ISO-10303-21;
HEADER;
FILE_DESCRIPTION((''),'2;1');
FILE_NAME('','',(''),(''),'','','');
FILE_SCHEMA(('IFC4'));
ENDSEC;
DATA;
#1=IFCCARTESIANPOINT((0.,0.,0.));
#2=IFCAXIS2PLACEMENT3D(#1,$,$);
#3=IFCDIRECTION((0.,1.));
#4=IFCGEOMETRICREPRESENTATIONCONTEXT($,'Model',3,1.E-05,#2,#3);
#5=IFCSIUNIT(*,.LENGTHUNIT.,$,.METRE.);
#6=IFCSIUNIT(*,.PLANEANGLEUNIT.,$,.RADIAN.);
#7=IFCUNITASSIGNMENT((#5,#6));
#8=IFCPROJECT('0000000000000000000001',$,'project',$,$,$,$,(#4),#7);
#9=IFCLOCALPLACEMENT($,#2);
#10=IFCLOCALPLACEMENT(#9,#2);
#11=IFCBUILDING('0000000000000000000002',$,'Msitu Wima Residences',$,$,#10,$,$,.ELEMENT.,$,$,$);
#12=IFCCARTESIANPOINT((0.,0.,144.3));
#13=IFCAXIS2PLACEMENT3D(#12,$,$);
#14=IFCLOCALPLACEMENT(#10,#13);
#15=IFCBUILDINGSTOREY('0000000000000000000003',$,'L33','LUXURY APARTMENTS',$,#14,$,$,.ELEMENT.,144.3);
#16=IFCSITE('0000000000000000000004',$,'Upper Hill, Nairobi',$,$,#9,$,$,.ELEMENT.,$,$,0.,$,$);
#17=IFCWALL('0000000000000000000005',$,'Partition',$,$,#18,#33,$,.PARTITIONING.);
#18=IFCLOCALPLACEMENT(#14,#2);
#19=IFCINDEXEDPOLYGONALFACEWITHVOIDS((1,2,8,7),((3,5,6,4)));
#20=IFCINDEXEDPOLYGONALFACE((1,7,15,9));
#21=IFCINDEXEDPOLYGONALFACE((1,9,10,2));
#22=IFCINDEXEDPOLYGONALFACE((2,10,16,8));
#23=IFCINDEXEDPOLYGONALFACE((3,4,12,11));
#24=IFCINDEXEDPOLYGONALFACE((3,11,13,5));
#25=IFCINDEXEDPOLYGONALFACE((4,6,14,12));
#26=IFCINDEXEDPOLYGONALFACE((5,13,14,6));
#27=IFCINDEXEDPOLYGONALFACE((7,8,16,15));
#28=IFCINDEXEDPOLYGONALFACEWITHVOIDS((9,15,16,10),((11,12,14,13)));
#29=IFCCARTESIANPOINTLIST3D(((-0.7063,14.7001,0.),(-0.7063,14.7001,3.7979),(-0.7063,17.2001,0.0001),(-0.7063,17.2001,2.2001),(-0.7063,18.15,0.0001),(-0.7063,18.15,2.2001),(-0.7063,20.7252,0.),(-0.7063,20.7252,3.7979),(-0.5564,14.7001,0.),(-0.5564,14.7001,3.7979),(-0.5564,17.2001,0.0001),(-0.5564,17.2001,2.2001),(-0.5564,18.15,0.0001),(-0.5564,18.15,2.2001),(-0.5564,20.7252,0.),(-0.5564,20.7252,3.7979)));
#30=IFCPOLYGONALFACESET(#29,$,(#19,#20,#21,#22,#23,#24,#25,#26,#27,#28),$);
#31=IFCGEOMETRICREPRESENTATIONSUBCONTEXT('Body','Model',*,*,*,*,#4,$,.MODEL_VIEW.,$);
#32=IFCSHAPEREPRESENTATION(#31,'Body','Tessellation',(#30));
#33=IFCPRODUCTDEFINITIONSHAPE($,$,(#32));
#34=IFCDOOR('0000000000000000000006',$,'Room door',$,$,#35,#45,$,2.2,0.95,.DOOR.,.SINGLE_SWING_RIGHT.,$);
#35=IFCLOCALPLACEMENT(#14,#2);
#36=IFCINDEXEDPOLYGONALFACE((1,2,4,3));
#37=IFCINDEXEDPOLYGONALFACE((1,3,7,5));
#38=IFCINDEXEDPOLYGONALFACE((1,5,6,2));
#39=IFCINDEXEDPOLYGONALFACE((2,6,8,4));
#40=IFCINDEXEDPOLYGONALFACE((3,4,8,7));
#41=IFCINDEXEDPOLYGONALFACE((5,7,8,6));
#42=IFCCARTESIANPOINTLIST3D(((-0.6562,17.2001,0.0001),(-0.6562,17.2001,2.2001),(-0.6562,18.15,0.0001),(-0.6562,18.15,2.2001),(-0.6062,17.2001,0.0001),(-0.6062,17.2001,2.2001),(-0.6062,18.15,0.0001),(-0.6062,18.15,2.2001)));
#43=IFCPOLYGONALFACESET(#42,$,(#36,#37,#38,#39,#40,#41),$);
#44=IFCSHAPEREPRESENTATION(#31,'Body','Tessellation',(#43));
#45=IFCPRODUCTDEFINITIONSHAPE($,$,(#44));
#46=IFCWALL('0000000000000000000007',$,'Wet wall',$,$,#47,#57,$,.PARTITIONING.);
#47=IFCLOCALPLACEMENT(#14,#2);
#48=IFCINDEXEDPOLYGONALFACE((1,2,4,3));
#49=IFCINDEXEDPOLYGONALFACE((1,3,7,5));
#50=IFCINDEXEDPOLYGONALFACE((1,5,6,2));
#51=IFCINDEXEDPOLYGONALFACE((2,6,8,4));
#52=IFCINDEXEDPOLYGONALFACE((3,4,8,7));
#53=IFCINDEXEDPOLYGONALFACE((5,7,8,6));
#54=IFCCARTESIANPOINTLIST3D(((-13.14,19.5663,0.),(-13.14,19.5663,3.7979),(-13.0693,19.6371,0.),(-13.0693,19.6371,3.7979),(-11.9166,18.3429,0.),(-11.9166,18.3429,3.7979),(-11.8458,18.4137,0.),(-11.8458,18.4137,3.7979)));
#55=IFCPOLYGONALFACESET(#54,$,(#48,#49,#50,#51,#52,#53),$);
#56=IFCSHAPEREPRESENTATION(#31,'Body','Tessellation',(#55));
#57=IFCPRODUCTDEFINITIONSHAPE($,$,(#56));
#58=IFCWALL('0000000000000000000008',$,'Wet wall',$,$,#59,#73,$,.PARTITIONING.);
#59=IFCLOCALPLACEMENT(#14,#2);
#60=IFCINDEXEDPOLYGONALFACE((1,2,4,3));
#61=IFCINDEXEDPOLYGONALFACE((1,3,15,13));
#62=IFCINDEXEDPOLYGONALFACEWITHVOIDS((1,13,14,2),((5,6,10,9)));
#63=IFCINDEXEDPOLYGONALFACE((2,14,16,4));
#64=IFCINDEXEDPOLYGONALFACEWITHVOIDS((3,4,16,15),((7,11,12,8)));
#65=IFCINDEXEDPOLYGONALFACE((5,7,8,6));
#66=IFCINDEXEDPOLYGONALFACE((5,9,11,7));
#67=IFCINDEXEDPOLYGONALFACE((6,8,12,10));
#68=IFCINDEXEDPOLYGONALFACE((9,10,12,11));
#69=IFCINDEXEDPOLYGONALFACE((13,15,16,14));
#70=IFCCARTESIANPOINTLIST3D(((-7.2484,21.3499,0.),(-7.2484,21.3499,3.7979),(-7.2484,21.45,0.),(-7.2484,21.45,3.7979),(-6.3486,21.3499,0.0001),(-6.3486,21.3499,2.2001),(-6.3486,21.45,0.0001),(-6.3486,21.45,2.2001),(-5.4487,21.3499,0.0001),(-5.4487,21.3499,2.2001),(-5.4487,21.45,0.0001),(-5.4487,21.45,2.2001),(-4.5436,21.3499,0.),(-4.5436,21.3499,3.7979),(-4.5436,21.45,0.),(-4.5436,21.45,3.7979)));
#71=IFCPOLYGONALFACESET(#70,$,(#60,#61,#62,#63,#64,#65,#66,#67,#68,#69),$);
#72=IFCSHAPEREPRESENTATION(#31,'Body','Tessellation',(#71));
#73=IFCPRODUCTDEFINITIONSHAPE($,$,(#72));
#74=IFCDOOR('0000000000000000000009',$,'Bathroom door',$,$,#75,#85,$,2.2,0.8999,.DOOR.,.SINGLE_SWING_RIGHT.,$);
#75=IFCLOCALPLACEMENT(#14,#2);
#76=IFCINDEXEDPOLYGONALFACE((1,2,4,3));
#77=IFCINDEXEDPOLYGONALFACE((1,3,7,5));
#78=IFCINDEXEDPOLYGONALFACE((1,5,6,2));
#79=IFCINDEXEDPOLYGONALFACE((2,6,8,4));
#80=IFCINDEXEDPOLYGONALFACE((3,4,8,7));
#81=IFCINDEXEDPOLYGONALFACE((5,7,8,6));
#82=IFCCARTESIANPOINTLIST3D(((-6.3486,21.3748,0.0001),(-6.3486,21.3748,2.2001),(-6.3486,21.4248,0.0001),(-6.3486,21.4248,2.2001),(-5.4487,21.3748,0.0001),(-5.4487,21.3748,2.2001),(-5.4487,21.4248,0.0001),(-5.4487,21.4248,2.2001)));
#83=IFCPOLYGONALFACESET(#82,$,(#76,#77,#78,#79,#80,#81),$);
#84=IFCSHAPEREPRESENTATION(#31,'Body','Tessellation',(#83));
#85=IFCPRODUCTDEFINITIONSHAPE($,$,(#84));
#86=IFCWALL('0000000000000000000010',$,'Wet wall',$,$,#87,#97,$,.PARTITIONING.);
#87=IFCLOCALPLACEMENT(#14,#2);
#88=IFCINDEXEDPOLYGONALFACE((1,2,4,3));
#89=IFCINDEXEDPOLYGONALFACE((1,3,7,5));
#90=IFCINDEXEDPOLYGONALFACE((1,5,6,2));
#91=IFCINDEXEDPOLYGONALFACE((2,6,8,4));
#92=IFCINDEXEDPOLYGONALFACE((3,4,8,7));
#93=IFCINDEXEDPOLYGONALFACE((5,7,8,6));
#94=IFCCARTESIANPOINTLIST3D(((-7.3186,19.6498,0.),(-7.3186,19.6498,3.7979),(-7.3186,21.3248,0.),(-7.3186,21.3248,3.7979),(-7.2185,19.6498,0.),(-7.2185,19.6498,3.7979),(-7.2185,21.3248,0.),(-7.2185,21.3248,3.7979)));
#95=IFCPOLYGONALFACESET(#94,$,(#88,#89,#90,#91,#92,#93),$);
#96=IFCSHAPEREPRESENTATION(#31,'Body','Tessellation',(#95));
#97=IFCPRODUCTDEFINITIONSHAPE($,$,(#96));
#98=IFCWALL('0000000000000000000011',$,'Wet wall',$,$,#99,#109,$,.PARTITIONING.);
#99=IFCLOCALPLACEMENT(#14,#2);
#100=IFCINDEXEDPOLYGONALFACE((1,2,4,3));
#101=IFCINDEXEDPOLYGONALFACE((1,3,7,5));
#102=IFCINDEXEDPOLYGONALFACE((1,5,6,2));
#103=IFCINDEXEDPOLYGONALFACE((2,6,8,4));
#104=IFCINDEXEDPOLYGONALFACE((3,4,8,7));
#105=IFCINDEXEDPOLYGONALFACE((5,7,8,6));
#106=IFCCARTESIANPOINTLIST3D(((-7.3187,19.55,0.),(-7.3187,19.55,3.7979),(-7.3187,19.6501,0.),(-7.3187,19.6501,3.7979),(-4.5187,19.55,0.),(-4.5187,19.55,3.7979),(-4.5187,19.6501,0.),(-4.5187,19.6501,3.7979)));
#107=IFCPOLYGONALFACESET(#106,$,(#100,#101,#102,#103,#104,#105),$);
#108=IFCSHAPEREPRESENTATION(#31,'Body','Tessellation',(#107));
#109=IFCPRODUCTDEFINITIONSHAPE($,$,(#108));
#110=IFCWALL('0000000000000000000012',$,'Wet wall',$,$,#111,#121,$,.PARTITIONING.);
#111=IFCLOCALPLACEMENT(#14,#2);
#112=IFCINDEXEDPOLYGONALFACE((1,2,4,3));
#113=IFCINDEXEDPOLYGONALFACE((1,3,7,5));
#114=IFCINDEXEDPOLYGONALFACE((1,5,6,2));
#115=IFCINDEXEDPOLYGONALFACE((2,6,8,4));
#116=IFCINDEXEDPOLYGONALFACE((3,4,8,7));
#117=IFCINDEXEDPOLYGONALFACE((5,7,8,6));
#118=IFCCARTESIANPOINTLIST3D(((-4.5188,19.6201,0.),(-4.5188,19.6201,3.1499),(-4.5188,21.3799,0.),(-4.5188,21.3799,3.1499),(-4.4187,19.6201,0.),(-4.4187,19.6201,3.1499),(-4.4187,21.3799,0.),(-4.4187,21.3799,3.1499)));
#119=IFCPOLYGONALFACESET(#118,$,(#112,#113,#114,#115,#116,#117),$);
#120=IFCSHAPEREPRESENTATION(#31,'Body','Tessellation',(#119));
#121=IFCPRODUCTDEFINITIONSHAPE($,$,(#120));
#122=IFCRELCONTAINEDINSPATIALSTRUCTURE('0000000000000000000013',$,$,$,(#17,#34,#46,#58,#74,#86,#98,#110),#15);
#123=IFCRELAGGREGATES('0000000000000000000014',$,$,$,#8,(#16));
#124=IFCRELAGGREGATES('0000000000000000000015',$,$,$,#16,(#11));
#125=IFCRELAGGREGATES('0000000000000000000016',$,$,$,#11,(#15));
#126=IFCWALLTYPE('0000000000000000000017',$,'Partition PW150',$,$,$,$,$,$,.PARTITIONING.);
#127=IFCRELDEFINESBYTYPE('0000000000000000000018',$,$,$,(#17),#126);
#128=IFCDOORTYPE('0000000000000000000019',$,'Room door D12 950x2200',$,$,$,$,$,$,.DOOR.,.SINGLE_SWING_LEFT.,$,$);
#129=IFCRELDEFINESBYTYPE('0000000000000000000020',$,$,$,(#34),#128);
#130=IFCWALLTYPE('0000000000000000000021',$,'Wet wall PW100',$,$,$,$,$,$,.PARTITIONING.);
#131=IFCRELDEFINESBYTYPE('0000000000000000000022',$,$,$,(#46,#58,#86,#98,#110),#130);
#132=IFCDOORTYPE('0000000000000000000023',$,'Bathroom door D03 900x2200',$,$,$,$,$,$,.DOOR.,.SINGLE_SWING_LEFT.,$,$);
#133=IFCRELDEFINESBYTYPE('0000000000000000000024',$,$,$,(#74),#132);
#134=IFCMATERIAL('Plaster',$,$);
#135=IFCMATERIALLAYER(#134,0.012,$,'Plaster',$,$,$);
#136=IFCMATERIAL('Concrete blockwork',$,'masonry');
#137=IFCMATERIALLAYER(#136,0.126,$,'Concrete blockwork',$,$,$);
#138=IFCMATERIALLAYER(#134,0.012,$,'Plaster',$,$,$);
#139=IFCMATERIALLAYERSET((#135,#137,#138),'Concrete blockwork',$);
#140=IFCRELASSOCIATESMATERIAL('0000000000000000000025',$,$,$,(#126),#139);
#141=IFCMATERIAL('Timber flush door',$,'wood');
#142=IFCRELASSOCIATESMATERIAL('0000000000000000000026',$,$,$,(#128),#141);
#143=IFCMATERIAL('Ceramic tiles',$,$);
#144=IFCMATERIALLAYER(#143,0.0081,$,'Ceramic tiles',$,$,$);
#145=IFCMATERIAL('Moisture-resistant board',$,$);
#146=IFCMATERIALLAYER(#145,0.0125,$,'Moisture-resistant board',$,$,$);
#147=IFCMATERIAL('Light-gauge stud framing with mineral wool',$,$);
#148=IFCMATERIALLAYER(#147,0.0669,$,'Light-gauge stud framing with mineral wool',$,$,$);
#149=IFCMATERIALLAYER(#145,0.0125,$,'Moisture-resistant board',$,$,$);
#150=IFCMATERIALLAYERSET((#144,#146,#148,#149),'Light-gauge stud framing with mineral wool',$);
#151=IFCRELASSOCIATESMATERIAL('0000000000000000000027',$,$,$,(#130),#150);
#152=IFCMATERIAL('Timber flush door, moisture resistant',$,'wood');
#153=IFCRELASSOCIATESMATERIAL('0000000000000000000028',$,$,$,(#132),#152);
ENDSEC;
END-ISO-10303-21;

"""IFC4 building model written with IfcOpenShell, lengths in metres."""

from ifc_helpers import new_model, si_unit, direction, frame, frame_2d, origin, place, context, subcontext, project, spatial, rectangle, extrude, material, layer, layer_set, type_object, element, fill, save


model = new_model("IFC4")

# Units and contexts
model_context = context("Model", 3, precision=1e-05, world=origin(), true_north=direction((0.0, 1.0)))
body_context = subcontext(model_context, "Body", "Model", "MODEL_VIEW")
ifc_project = project(units=[si_unit("LENGTHUNIT", "METRE"), si_unit("PLANEANGLEUNIT", "RADIAN")], contexts=[model_context])

# Site, building, storey
site_placement = place(None, origin())
site = spatial("IfcSite", under=ifc_project, at=site_placement, Name="Upper Hill, Nairobi", CompositionType="ELEMENT", RefElevation=0.0)
building_placement = place(site_placement, origin())
building = spatial("IfcBuilding", under=site, at=building_placement, Name="Msitu Wima Residences", CompositionType="ELEMENT")
storey_placement = place(building_placement, frame((0.0, 0.0, 144.3)))
storey = spatial("IfcBuildingStorey", under=building, at=storey_placement, Name="L33", Description="LUXURY APARTMENTS", CompositionType="ELEMENT", Elevation=144.3)

# Shared definitions
ifc_material_1 = material(Name="Plaster")
ifc_layer_1 = layer(ifc_material_1, 0.012, Name="Plaster")
ifc_material_2 = material(Name="Concrete blockwork", Category="masonry")
ifc_layer_2 = layer(ifc_material_2, 0.126, Name="Concrete blockwork")
ifc_layer_3 = layer(ifc_material_1, 0.012, Name="Plaster")
ifc_layer_set_1 = layer_set([ifc_layer_1, ifc_layer_2, ifc_layer_3], Name="Concrete blockwork")
wall_type_1 = type_object("IfcWallType", Name="Partition PW150", PredefinedType="PARTITIONING", material=ifc_layer_set_1)
ifc_material_3 = material(Name="Timber flush door", Category="wood")
door_type_1 = type_object("IfcDoorType", Name="Room door D12 950x2200", OperationType="SINGLE_SWING_LEFT", PredefinedType="DOOR", material=ifc_material_3)

# Wall, opening, door
wall_1_placement = place(storey_placement, frame((-0.6313, 14.7, 0.0), z_axis=(0.0, 0.0, 1.0), x_axis=(0.0, 1.0, 0.0)))
wall_1 = element("IfcWall", 1, at=wall_1_placement, inside=storey, type_object=wall_type_1, Name="Partition", PredefinedType="PARTITIONING", context=body_context, shape_type="SweptSolid", body=[
    extrude(rectangle(XDim=6.0251, YDim=0.1499, at=frame_2d((3.0127, 0.0))), origin(), (0.0, 0.0, 1.0), 3.7979),
])
opening_1_placement = place(wall_1_placement, frame((2.5, 0.0, 0.0)))
opening_1 = element("IfcOpeningElement", 2, at=opening_1_placement, cuts=wall_1, PredefinedType="OPENING", context=body_context, shape_type="SweptSolid", body=[
    extrude(rectangle(XDim=0.95, YDim=2.2, at=frame_2d((0.4751, 1.1001))), frame((0.0, 0.085, 0.0), z_axis=(0.0, -1.0, 0.0), x_axis=(1.0, 0.0, 0.0)), (0.0, 0.0, 1.0), 0.1699),
])
door_1_placement = place(opening_1_placement, origin())
door_1 = element("IfcDoor", 3, at=door_1_placement, inside=storey, type_object=door_type_1, Name="Room door", OperationType="SINGLE_SWING_RIGHT", OverallHeight=2.2, OverallWidth=0.95, PredefinedType="DOOR", context=body_context, shape_type="SweptSolid", body=[
    extrude(rectangle(XDim=0.95, YDim=2.2, at=frame_2d((0.4751, 1.1001))), frame((0.0, 0.0249, 0.0), z_axis=(0.0, -1.0, 0.0), x_axis=(1.0, 0.0, 0.0)), (0.0, 0.0, 1.0), 0.05),
])
fill(opening_1, door_1)

# Wall
ifc_material_4 = material(Name="Ceramic tiles")
ifc_layer_4 = layer(ifc_material_4, 0.0081, Name="Ceramic tiles")
ifc_material_5 = material(Name="Moisture-resistant board")
ifc_layer_5 = layer(ifc_material_5, 0.0125, Name="Moisture-resistant board")
ifc_material_6 = material(Name="Light-gauge stud framing with mineral wool")
ifc_layer_6 = layer(ifc_material_6, 0.0669, Name="Light-gauge stud framing with mineral wool")
ifc_layer_7 = layer(ifc_material_5, 0.0125, Name="Moisture-resistant board")
ifc_layer_set_2 = layer_set([ifc_layer_4, ifc_layer_5, ifc_layer_6, ifc_layer_7], Name="Light-gauge stud framing with mineral wool")
wall_type_2 = type_object("IfcWallType", Name="Wet wall PW100", PredefinedType="PARTITIONING", material=ifc_layer_set_2)
wall_2_placement = place(storey_placement, frame((-13.1047, 19.6018, 0.0), z_axis=(0.0, 0.0, 1.0), x_axis=(0.707107, -0.707107, 0.0)))
element("IfcWall", 4, at=wall_2_placement, inside=storey, type_object=wall_type_2, Name="Wet wall", PredefinedType="PARTITIONING", context=body_context, shape_type="SweptSolid", body=[
    extrude(rectangle(XDim=1.7302, YDim=0.1001, at=frame_2d((0.8652, 0.0))), origin(), (0.0, 0.0, 1.0), 3.7979),
])

# Wall, opening, door
wall_3_placement = place(storey_placement, frame((-7.2485, 21.3999, 0.0), z_axis=(0.0, 0.0, 1.0), x_axis=(1.0, 0.0, 0.0)))
wall_3 = element("IfcWall", 5, at=wall_3_placement, inside=storey, type_object=wall_type_2, Name="Wet wall", PredefinedType="PARTITIONING", context=body_context, shape_type="SweptSolid", body=[
    extrude(rectangle(XDim=2.7048, YDim=0.1001, at=frame_2d((1.3525, 0.0))), origin(), (0.0, 0.0, 1.0), 3.7979),
])
opening_2_placement = place(wall_3_placement, frame((0.8999, 0.0, 0.0)))
opening_2 = element("IfcOpeningElement", 6, at=opening_2_placement, cuts=wall_3, PredefinedType="OPENING", context=body_context, shape_type="SweptSolid", body=[
    extrude(rectangle(XDim=0.8999, YDim=2.2, at=frame_2d((0.45, 1.1001))), frame((0.0, 0.0601, 0.0), z_axis=(0.0, -1.0, 0.0), x_axis=(1.0, 0.0, 0.0)), (0.0, 0.0, 1.0), 0.1201),
])
ifc_material_7 = material(Name="Timber flush door, moisture resistant", Category="wood")
door_type_2 = type_object("IfcDoorType", Name="Bathroom door D03 900x2200", OperationType="SINGLE_SWING_LEFT", PredefinedType="DOOR", material=ifc_material_7)
door_2_placement = place(opening_2_placement, origin())
door_2 = element("IfcDoor", 7, at=door_2_placement, inside=storey, type_object=door_type_2, Name="Bathroom door", OperationType="SINGLE_SWING_RIGHT", OverallHeight=2.2, OverallWidth=0.8999, PredefinedType="DOOR", context=body_context, shape_type="SweptSolid", body=[
    extrude(rectangle(XDim=0.8999, YDim=2.2, at=frame_2d((0.45, 1.1001))), frame((0.0, 0.0249, 0.0), z_axis=(0.0, -1.0, 0.0), x_axis=(1.0, 0.0, 0.0)), (0.0, 0.0, 1.0), 0.05),
])
fill(opening_2, door_2)

# Walls
wall_4_placement = place(storey_placement, frame((-7.2686, 19.6499, 0.0), z_axis=(0.0, 0.0, 1.0), x_axis=(0.0, 1.0, 0.0)))
element("IfcWall", 8, at=wall_4_placement, inside=storey, type_object=wall_type_2, Name="Wet wall", PredefinedType="PARTITIONING", context=body_context, shape_type="SweptSolid", body=[
    extrude(rectangle(XDim=1.675, YDim=0.1001, at=frame_2d((0.8374, 0.0))), origin(), (0.0, 0.0, 1.0), 3.7979),
])
wall_5_placement = place(storey_placement, frame((-7.3186, 19.6001, 0.0), z_axis=(0.0, 0.0, 1.0), x_axis=(1.0, 0.0, 0.0)))
element("IfcWall", 9, at=wall_5_placement, inside=storey, type_object=wall_type_2, Name="Wet wall", PredefinedType="PARTITIONING", context=body_context, shape_type="SweptSolid", body=[
    extrude(rectangle(XDim=2.8, YDim=0.1001, at=frame_2d((1.3999, 0.0))), origin(), (0.0, 0.0, 1.0), 3.7979),
])
wall_6_placement = place(storey_placement, frame((-4.4688, 19.6201, 0.0), z_axis=(0.0, 0.0, 1.0), x_axis=(0.0, 1.0, 0.0)))
element("IfcWall", 10, at=wall_6_placement, inside=storey, type_object=wall_type_2, Name="Wet wall", PredefinedType="PARTITIONING", context=body_context, shape_type="SweptSolid", body=[
    extrude(rectangle(XDim=1.7598, YDim=0.1001, at=frame_2d((0.8799, 0.0))), origin(), (0.0, 0.0, 1.0), 3.1499),
])

save(model, "model.ifc")
